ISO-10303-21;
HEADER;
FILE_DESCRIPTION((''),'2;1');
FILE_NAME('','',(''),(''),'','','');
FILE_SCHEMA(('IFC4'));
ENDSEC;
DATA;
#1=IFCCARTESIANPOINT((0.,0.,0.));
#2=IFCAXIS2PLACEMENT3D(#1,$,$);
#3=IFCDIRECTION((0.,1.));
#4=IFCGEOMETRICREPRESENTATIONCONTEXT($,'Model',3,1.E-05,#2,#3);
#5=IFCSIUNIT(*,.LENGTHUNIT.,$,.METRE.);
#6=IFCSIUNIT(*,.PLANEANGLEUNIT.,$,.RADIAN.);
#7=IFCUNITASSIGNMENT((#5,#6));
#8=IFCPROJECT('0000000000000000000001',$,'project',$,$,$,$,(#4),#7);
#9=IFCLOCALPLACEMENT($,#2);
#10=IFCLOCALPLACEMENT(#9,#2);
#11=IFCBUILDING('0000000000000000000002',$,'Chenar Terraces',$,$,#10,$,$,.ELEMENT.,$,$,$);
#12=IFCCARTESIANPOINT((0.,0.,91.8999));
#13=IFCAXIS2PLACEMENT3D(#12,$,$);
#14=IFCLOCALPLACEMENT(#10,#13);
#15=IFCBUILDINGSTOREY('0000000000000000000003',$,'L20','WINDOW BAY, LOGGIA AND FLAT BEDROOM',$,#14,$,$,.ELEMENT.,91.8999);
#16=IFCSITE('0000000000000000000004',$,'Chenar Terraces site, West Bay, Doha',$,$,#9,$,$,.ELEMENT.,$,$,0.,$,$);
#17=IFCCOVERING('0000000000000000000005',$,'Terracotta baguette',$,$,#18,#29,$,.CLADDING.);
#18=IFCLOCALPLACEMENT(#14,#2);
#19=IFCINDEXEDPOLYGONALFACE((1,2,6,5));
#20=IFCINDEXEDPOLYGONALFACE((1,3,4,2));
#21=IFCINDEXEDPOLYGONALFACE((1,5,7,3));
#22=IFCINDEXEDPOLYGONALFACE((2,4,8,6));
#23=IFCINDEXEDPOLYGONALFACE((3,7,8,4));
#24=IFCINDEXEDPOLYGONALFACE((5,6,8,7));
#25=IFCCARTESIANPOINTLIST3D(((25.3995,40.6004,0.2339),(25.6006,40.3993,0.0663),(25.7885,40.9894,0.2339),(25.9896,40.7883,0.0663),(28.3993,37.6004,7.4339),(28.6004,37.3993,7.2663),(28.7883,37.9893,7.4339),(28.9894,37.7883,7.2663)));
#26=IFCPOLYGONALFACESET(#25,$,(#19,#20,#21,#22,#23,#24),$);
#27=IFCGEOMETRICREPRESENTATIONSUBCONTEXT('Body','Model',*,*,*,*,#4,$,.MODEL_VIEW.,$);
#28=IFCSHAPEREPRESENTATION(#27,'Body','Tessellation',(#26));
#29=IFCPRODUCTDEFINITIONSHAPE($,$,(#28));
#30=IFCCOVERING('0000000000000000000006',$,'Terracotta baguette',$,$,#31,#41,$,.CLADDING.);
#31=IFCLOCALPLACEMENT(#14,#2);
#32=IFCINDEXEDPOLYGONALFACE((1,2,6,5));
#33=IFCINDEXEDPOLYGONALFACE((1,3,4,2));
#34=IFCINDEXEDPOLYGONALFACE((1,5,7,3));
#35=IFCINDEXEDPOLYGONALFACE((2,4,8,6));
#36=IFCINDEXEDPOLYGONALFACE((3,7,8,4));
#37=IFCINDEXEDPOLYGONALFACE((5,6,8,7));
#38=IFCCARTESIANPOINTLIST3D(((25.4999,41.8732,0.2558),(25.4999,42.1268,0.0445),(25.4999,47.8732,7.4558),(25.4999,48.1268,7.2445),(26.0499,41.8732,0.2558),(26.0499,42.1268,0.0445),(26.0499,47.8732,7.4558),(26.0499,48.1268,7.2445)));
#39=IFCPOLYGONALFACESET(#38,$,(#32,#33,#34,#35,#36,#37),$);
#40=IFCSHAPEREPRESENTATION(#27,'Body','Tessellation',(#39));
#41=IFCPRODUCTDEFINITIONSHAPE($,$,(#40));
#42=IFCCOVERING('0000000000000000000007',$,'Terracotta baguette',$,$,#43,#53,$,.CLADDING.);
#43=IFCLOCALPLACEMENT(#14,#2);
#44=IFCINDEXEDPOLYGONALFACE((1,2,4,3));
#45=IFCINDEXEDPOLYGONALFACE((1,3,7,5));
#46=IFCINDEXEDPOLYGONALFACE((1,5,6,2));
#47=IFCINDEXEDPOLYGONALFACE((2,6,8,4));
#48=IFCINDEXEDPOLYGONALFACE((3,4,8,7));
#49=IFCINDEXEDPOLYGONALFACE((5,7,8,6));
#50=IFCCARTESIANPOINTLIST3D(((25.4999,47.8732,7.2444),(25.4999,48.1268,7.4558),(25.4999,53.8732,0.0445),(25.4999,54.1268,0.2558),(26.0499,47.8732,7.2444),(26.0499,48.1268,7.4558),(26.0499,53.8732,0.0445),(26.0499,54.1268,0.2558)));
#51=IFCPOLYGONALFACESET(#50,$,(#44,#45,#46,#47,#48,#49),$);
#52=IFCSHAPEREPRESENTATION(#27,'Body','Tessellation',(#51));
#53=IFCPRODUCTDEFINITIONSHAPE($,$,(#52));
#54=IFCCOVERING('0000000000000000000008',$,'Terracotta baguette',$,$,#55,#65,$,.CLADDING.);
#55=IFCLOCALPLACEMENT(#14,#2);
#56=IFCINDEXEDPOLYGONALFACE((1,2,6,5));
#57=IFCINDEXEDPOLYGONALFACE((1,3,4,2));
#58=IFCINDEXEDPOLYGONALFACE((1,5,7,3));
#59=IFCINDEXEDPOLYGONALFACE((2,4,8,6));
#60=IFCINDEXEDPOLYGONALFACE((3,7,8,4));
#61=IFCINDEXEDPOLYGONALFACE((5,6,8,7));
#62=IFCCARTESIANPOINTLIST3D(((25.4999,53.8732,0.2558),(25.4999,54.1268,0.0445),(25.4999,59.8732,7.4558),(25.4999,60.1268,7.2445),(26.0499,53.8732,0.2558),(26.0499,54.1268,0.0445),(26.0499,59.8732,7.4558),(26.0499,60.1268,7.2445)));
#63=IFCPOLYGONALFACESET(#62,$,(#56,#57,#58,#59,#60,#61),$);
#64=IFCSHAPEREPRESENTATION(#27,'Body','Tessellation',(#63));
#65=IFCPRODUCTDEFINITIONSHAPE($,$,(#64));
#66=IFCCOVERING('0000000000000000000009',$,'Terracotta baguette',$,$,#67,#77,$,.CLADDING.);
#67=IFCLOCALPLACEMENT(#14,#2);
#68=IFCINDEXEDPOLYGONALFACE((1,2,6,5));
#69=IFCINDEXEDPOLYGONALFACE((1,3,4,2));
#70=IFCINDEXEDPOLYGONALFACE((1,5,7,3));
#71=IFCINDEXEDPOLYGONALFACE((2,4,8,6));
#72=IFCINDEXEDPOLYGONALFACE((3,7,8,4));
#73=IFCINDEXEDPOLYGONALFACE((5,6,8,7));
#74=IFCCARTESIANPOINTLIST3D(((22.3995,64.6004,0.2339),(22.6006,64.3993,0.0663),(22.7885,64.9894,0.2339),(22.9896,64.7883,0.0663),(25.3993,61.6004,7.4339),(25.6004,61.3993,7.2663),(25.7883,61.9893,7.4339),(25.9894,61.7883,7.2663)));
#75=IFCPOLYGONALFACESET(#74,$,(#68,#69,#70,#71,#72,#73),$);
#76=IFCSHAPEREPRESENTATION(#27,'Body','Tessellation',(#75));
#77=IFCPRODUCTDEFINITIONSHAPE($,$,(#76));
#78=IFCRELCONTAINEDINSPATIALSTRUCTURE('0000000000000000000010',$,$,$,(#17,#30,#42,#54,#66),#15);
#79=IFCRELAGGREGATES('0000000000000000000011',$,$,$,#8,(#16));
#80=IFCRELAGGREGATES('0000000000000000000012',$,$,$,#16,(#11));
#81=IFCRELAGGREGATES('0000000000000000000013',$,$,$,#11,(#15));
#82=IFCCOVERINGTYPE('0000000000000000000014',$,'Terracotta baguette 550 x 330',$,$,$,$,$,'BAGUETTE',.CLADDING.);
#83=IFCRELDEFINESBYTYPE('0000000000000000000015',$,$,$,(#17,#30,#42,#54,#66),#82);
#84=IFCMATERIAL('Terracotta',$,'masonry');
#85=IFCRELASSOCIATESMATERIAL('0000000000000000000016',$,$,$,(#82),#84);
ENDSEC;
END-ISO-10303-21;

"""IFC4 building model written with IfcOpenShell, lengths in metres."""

from ifc_helpers import new_model, si_unit, direction, frame, origin, origin_2d, place, context, subcontext, project, spatial, rectangle, extrude, material, material_profile, profile_set, type_object, element, save


model = new_model("IFC4")

# Units and contexts
model_context = context("Model", 3, precision=1e-05, world=origin(), true_north=direction((0.0, 1.0)))
body_context = subcontext(model_context, "Body", "Model", "MODEL_VIEW")
ifc_project = project(units=[si_unit("LENGTHUNIT", "METRE"), si_unit("PLANEANGLEUNIT", "RADIAN")], contexts=[model_context])

# Site, building, storey
site_placement = place(None, origin())
site = spatial("IfcSite", under=ifc_project, at=site_placement, Name="Chenar Terraces site, West Bay, Doha", CompositionType="ELEMENT", RefElevation=0.0)
building_placement = place(site_placement, origin())
building = spatial("IfcBuilding", under=site, at=building_placement, Name="Chenar Terraces", CompositionType="ELEMENT")
storey_placement = place(building_placement, frame((0.0, 0.0, 91.8999)))
storey = spatial("IfcBuildingStorey", under=building, at=storey_placement, Name="L20", Description="WINDOW BAY, LOGGIA AND FLAT BEDROOM", CompositionType="ELEMENT", Elevation=91.8999)

# Coverings
ifc_material_1 = material(Name="Terracotta", Category="masonry")
ifc_material_profile_1 = material_profile(ifc_material_1, rectangle(XDim=0.55, YDim=0.3301, at=origin_2d()), Name="Terracotta baguette 550 x 330")
ifc_profile_set_1 = profile_set([ifc_material_profile_1], Name="Terracotta")
covering_type = type_object("IfcCoveringType", Name="Terracotta baguette 550 x 330", ElementType="BAGUETTE", PredefinedType="CLADDING", material=ifc_profile_set_1)
covering_1_placement = place(storey_placement, frame((28.6943, 37.6943, 7.3501), z_axis=(-0.358955, 0.358985, -0.861557), x_axis=(-0.707136, -0.707078, 0.0)))
element("IfcCovering", 1, at=covering_1_placement, inside=storey, type_object=covering_type, Name="Terracotta baguette", PredefinedType="CLADDING", context=body_context, shape_type="SweptSolid", body=[
    extrude(rectangle(XDim=0.55, YDim=0.3301, at=origin_2d()), origin(), (0.0, 0.0, 1.0), 8.3569),
])
for number, where, z_axis, x_axis, name in (
    (2, (25.7749, 42.0, 0.1501), (0.0, 0.640187, 0.768219), (-1.0, 0.0, 0.0), "Terracotta baguette"),
    (3, (25.7749, 48.0, 7.3501), (0.0, 0.640187, -0.768219), (-1.0, 0.0, 0.0), "Terracotta baguette"),
    (4, (25.7749, 54.0, 0.1501), (0.0, 0.640187, 0.768219), (-1.0, 0.0, 0.0), "Terracotta baguette"),
):
    element("IfcCovering", number, at=place(storey_placement, frame(where, z_axis=z_axis, x_axis=x_axis)), inside=storey, type_object=covering_type, Name=name, PredefinedType="CLADDING", context=body_context, shape_type="SweptSolid", body=[
        extrude(rectangle(XDim=0.55, YDim=0.3301, at=origin_2d()), origin(), (0.0, 0.0, 1.0), 9.3723),
    ])
covering_2_placement = place(storey_placement, frame((25.6943, 61.6943, 7.3501), z_axis=(-0.358955, 0.358985, -0.861557), x_axis=(-0.707136, -0.707078, 0.0)))
element("IfcCovering", 5, at=covering_2_placement, inside=storey, type_object=covering_type, Name="Terracotta baguette", PredefinedType="CLADDING", context=body_context, shape_type="SweptSolid", body=[
    extrude(rectangle(XDim=0.55, YDim=0.3301, at=origin_2d()), origin(), (0.0, 0.0, 1.0), 8.3569),
])

save(model, "model.ifc")
